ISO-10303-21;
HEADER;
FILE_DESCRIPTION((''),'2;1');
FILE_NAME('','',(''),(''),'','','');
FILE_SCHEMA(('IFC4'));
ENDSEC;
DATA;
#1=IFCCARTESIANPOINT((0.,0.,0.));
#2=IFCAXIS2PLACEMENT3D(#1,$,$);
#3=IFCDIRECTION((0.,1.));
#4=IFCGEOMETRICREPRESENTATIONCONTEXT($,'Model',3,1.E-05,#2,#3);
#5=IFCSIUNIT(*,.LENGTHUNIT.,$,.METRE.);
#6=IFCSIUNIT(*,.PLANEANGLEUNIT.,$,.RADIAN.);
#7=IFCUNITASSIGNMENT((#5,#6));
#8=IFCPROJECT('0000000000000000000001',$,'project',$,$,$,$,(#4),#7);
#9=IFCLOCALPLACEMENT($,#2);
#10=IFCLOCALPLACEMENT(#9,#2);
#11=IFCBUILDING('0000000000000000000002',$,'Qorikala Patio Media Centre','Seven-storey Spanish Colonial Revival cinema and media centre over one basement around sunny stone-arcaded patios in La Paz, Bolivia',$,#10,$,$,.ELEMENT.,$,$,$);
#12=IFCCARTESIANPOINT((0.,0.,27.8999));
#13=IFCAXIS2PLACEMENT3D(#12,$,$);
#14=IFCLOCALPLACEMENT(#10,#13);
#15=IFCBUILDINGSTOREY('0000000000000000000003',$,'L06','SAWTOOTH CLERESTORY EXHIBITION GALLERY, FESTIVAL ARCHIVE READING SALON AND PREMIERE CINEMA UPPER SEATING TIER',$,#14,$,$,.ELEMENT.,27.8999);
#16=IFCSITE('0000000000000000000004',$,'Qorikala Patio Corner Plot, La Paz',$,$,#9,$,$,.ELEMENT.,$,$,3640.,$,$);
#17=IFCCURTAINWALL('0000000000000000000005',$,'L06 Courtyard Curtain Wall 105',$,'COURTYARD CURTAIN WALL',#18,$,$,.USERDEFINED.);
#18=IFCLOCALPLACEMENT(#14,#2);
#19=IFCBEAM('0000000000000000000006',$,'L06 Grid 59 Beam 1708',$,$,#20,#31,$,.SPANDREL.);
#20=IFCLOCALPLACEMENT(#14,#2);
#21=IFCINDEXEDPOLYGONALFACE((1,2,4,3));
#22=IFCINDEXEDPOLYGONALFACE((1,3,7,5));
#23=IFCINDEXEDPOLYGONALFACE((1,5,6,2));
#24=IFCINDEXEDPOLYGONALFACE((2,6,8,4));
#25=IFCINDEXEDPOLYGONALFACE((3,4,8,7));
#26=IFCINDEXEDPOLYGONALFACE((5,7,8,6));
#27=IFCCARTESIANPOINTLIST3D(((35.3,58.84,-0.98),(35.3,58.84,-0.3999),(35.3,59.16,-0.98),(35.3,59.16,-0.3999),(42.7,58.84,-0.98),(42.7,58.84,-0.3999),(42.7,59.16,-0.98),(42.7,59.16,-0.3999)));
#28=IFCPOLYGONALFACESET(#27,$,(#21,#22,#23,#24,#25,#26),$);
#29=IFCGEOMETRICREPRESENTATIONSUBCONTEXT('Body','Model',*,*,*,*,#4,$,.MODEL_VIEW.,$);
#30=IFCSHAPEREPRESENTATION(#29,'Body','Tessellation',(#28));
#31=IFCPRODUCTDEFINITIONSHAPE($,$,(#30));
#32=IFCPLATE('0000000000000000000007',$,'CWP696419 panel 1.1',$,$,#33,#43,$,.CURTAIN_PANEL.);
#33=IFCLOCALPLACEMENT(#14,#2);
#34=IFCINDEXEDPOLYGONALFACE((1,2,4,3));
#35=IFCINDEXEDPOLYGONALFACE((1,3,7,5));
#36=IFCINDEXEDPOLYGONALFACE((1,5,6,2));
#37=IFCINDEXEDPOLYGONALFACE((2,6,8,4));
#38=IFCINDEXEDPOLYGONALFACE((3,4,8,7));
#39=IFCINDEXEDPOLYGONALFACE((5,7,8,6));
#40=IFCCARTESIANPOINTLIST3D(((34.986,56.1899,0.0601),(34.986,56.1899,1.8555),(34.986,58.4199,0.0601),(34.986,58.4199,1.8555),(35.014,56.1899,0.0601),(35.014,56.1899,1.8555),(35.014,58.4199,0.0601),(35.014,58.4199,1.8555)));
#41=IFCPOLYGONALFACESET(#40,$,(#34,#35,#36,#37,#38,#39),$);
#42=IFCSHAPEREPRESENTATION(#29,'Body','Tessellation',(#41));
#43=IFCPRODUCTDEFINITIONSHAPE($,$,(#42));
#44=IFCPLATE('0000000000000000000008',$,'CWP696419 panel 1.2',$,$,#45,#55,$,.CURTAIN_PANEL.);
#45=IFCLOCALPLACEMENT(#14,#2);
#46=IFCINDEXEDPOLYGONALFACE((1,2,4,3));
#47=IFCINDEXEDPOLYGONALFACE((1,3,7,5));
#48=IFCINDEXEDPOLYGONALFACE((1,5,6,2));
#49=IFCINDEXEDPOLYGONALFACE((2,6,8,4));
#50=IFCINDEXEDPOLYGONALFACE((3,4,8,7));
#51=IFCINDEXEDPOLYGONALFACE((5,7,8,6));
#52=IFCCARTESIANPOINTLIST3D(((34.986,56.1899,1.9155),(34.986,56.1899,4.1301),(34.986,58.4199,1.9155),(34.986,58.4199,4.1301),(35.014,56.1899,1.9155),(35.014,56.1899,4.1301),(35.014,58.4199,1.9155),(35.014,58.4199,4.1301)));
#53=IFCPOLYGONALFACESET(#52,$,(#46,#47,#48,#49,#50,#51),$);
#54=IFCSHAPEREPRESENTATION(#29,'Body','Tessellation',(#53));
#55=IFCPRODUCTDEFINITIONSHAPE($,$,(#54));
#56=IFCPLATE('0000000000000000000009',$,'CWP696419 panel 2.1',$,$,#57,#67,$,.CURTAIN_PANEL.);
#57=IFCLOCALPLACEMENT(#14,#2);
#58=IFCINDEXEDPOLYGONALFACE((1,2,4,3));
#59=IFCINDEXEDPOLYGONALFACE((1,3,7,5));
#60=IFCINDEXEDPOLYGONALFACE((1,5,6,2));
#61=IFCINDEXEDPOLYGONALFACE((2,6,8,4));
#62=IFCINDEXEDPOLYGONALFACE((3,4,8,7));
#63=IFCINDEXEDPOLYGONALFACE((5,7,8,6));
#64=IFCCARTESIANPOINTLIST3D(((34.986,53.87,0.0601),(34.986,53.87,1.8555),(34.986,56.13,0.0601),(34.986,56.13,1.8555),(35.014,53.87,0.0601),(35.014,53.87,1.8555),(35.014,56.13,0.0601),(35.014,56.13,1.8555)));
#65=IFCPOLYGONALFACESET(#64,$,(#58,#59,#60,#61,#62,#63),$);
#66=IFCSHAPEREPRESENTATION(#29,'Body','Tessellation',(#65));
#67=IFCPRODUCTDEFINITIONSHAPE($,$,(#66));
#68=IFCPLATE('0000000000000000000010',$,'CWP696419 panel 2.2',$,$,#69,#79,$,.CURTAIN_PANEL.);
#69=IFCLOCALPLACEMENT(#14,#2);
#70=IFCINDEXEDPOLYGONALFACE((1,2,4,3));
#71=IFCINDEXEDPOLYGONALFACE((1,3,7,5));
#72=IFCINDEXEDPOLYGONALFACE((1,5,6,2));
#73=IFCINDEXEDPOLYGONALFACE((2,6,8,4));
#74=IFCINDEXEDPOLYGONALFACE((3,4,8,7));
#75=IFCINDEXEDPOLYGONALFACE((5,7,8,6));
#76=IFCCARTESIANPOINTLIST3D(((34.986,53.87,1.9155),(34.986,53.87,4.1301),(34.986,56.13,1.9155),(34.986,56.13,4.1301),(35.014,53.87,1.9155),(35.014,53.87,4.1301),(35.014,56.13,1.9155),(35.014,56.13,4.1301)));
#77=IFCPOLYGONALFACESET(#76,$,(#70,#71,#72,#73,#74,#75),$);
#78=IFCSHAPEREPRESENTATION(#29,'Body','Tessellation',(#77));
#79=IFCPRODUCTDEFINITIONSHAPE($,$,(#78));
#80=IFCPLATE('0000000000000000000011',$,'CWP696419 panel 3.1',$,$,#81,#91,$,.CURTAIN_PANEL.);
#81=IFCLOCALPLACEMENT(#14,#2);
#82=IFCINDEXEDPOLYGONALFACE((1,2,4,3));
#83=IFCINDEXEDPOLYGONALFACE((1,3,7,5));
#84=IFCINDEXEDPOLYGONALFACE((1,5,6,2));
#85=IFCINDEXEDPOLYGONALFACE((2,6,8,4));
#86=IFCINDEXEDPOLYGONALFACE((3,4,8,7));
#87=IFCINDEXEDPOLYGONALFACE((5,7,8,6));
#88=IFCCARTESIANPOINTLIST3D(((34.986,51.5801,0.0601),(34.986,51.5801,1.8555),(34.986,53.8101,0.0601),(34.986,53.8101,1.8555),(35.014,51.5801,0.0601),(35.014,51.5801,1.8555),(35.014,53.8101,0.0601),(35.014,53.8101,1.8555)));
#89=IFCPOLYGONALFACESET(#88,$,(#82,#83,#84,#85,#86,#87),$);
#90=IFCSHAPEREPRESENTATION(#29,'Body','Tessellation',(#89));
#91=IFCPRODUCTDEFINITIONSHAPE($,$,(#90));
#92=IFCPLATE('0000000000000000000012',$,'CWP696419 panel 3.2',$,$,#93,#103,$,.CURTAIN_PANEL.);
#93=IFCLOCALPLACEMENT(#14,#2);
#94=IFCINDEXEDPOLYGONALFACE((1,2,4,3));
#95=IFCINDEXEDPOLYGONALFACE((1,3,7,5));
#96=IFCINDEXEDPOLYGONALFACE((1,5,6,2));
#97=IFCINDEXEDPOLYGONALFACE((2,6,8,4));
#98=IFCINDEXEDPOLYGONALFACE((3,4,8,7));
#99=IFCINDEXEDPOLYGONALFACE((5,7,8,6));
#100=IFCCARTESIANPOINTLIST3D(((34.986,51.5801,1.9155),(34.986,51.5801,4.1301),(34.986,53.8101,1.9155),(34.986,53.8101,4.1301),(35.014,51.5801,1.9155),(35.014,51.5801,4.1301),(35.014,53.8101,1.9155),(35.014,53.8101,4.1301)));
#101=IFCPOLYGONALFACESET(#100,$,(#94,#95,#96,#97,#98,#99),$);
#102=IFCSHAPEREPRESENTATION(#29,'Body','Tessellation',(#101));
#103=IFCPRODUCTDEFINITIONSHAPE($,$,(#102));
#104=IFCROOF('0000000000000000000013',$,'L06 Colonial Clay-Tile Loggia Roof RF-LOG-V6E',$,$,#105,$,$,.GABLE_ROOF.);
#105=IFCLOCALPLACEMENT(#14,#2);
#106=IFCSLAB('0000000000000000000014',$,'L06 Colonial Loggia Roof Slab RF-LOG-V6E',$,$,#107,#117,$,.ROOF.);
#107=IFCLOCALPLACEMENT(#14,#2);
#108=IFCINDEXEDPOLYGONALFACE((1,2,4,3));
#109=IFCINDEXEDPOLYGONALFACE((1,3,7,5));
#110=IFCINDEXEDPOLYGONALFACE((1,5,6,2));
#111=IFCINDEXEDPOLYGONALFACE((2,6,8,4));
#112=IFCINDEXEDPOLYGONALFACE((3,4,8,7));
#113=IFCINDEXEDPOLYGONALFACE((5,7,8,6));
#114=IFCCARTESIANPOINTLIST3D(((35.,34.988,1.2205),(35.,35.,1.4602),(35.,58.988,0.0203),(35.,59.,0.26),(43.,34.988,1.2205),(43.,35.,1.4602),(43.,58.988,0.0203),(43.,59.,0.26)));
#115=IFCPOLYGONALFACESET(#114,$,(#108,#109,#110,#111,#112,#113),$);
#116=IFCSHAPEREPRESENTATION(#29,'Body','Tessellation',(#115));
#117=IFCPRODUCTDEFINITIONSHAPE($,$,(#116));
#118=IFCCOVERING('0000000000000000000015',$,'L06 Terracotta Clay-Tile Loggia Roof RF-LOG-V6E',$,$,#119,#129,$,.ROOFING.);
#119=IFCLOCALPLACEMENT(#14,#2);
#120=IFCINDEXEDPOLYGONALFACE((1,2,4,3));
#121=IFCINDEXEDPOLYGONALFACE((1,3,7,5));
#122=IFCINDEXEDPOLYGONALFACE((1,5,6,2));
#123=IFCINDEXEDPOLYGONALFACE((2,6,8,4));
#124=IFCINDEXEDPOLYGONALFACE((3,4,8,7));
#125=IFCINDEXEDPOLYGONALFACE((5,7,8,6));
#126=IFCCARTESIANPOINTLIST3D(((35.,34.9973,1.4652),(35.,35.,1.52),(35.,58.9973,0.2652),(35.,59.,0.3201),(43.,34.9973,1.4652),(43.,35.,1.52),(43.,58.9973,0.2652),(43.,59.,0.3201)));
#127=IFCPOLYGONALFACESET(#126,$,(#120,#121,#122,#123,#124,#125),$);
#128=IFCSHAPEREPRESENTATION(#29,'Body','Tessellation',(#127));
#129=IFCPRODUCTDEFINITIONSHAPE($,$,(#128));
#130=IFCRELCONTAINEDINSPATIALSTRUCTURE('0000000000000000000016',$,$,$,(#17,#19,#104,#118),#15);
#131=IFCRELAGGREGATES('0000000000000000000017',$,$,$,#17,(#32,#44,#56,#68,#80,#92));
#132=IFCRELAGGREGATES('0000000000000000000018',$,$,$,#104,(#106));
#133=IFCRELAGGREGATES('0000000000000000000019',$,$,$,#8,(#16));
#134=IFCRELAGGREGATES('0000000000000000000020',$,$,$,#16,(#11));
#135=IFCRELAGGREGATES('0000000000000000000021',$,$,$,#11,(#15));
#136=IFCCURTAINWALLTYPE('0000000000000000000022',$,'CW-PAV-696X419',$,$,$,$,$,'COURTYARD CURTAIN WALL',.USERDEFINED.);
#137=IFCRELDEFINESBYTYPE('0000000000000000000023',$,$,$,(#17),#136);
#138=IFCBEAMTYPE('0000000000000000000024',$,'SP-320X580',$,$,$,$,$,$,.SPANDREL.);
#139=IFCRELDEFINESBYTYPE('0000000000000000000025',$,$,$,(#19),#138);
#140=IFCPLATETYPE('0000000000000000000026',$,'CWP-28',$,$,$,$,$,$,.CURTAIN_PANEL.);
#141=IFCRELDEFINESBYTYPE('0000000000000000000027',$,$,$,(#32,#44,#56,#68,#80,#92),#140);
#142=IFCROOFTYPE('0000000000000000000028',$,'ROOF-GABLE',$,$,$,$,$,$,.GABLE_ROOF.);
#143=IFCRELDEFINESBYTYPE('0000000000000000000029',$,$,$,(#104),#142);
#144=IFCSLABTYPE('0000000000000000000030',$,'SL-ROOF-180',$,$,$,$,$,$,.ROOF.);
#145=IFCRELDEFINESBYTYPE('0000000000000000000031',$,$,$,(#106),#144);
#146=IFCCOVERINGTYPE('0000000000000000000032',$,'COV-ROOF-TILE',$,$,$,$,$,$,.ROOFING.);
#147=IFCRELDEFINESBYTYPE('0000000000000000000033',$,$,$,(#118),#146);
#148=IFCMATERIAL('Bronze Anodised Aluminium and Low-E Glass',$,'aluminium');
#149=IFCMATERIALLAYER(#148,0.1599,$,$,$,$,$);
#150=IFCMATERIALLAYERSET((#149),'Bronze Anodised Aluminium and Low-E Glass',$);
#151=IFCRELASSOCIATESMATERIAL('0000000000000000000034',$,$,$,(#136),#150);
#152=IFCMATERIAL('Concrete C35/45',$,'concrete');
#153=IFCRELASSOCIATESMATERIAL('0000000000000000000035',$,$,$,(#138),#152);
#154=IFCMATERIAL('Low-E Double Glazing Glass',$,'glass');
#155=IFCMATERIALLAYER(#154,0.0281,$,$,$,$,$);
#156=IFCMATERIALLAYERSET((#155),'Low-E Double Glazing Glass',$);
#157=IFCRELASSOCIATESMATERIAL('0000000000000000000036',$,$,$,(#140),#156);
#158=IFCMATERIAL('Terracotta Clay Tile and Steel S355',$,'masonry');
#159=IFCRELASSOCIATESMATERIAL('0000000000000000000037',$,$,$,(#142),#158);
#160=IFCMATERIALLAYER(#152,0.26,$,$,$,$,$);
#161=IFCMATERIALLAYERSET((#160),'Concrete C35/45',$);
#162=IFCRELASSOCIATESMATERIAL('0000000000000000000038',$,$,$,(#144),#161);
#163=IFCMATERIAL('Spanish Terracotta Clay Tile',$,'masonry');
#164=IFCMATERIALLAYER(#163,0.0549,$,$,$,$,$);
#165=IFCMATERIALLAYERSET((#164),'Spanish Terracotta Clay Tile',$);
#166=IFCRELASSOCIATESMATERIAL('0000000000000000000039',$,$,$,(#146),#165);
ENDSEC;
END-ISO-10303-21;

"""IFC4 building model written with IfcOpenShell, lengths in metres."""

from ifc_helpers import new_model, si_unit, direction, frame, origin, origin_2d, place, context, subcontext, project, spatial, polyline, rectangle, outline, extrude, material, layer, layer_set, material_profile, profile_set, type_object, element, aggregate, save


model = new_model("IFC4")

# Units and contexts
model_context = context("Model", 3, precision=1e-05, world=origin(), true_north=direction((0.0, 1.0)))
body_context = subcontext(model_context, "Body", "Model", "MODEL_VIEW")
ifc_project = project(units=[si_unit("LENGTHUNIT", "METRE"), si_unit("PLANEANGLEUNIT", "RADIAN")], contexts=[model_context])

# Site, building, storey
site_placement = place(None, origin())
site = spatial("IfcSite", under=ifc_project, at=site_placement, Name="Qorikala Patio Corner Plot, La Paz", CompositionType="ELEMENT", RefElevation=3640.0)
building_placement = place(site_placement, origin())
building = spatial("IfcBuilding", under=site, at=building_placement, Name="Qorikala Patio Media Centre", Description="Seven-storey Spanish Colonial Revival cinema and media centre over one basement around sunny stone-arcaded patios in La Paz, Bolivia", CompositionType="ELEMENT")
storey_placement = place(building_placement, frame((0.0, 0.0, 27.8999)))
storey = spatial("IfcBuildingStorey", under=building, at=storey_placement, Name="L06", Description="SAWTOOTH CLERESTORY EXHIBITION GALLERY, FESTIVAL ARCHIVE READING SALON AND PREMIERE CINEMA UPPER SEATING TIER", CompositionType="ELEMENT", Elevation=27.8999)

# Shared definitions
ifc_material_1 = material(Name="Concrete C35/45", Category="concrete")

# Shared definitions
ifc_material_2 = material(Name="Bronze Anodised Aluminium and Low-E Glass", Category="aluminium")
ifc_layer_1 = layer(ifc_material_2, 0.1599)
ifc_layer_set_1 = layer_set([ifc_layer_1], Name="Bronze Anodised Aluminium and Low-E Glass")
curtain_wall_type = type_object("IfcCurtainWallType", Name="CW-PAV-696X419", ElementType="COURTYARD CURTAIN WALL", PredefinedType="USERDEFINED", material=ifc_layer_set_1)

# Curtain wall
curtain_wall_1_placement = place(storey_placement, origin())
curtain_wall_1 = element("IfcCurtainWall", 1, at=curtain_wall_1_placement, inside=storey, type_object=curtain_wall_type, Name="L06 Courtyard Curtain Wall 105", ObjectType="COURTYARD CURTAIN WALL", PredefinedType="USERDEFINED")

# Beam
ifc_material_profile_1 = material_profile(ifc_material_1, rectangle(XDim=0.3201, YDim=0.5801, at=origin_2d()), Name="RC 320x580")
ifc_profile_set_1 = profile_set([ifc_material_profile_1], Name="Concrete C35/45")
beam_type = type_object("IfcBeamType", Name="SP-320X580", PredefinedType="SPANDREL", material=ifc_profile_set_1)
beam_placement = place(storey_placement, frame((35.3, 59.0, -0.6899), z_axis=(1.0, 0.0, 0.0), x_axis=(0.0, 1.0, 0.0)))
element("IfcBeam", 2, at=beam_placement, inside=storey, type_object=beam_type, Name="L06 Grid 59 Beam 1708", PredefinedType="SPANDREL", context=body_context, shape_type="SweptSolid", body=[
    extrude(rectangle(XDim=0.3201, YDim=0.5801, at=origin_2d()), origin(), (0.0, 0.0, 1.0), 7.3999),
])

# Plates
ifc_material_3 = material(Name="Low-E Double Glazing Glass", Category="glass")
ifc_layer_2 = layer(ifc_material_3, 0.0281)
ifc_layer_set_2 = layer_set([ifc_layer_2], Name="Low-E Double Glazing Glass")
plate_type = type_object("IfcPlateType", Name="CWP-28", PredefinedType="CURTAIN_PANEL", material=ifc_layer_set_2)
plate_1_placement = place(storey_placement, frame((35.0, 57.3049, 0.0601), z_axis=(0.0, 0.0, 1.0), x_axis=(0.0, -1.0, 0.0)))
plate_1 = element("IfcPlate", 3, at=plate_1_placement, type_object=plate_type, Name="CWP696419 panel 1.1", PredefinedType="CURTAIN_PANEL", context=body_context, shape_type="SweptSolid", body=[
    extrude(rectangle(XDim=2.23, YDim=0.0281, at=origin_2d()), origin(), (0.0, 0.0, 1.0), 1.7954),
])
plate_2_placement = place(storey_placement, frame((35.0, 57.3049, 1.9155), z_axis=(0.0, 0.0, 1.0), x_axis=(0.0, -1.0, 0.0)))
plate_2 = element("IfcPlate", 4, at=plate_2_placement, type_object=plate_type, Name="CWP696419 panel 1.2", PredefinedType="CURTAIN_PANEL", context=body_context, shape_type="SweptSolid", body=[
    extrude(rectangle(XDim=2.23, YDim=0.0281, at=origin_2d()), origin(), (0.0, 0.0, 1.0), 2.2146),
])
plate_3_placement = place(storey_placement, frame((35.0, 55.0, 0.0601), z_axis=(0.0, 0.0, 1.0), x_axis=(0.0, -1.0, 0.0)))
plate_3 = element("IfcPlate", 5, at=plate_3_placement, type_object=plate_type, Name="CWP696419 panel 2.1", PredefinedType="CURTAIN_PANEL", context=body_context, shape_type="SweptSolid", body=[
    extrude(rectangle(XDim=2.26, YDim=0.0281, at=origin_2d()), origin(), (0.0, 0.0, 1.0), 1.7954),
])
plate_4_placement = place(storey_placement, frame((35.0, 55.0, 1.9155), z_axis=(0.0, 0.0, 1.0), x_axis=(0.0, -1.0, 0.0)))
plate_4 = element("IfcPlate", 6, at=plate_4_placement, type_object=plate_type, Name="CWP696419 panel 2.2", PredefinedType="CURTAIN_PANEL", context=body_context, shape_type="SweptSolid", body=[
    extrude(rectangle(XDim=2.26, YDim=0.0281, at=origin_2d()), origin(), (0.0, 0.0, 1.0), 2.2146),
])
plate_5_placement = place(storey_placement, frame((35.0, 52.6951, 0.0601), z_axis=(0.0, 0.0, 1.0), x_axis=(0.0, -1.0, 0.0)))
plate_5 = element("IfcPlate", 7, at=plate_5_placement, type_object=plate_type, Name="CWP696419 panel 3.1", PredefinedType="CURTAIN_PANEL", context=body_context, shape_type="SweptSolid", body=[
    extrude(rectangle(XDim=2.23, YDim=0.0281, at=origin_2d()), origin(), (0.0, 0.0, 1.0), 1.7954),
])
plate_6_placement = place(storey_placement, frame((35.0, 52.6951, 1.9155), z_axis=(0.0, 0.0, 1.0), x_axis=(0.0, -1.0, 0.0)))
plate_6 = element("IfcPlate", 8, at=plate_6_placement, type_object=plate_type, Name="CWP696419 panel 3.2", PredefinedType="CURTAIN_PANEL", context=body_context, shape_type="SweptSolid", body=[
    extrude(rectangle(XDim=2.23, YDim=0.0281, at=origin_2d()), origin(), (0.0, 0.0, 1.0), 2.2146),
])
aggregate(curtain_wall_1, [plate_1, plate_2, plate_3, plate_4, plate_5, plate_6])

# Roof, slab
ifc_material_4 = material(Name="Terracotta Clay Tile and Steel S355", Category="masonry")
roof_type = type_object("IfcRoofType", Name="ROOF-GABLE", PredefinedType="GABLE_ROOF", material=ifc_material_4)
roof_placement = place(storey_placement, origin())
roof = element("IfcRoof", 9, at=roof_placement, inside=storey, type_object=roof_type, Name="L06 Colonial Clay-Tile Loggia Roof RF-LOG-V6E", PredefinedType="GABLE_ROOF")
ifc_layer_3 = layer(ifc_material_1, 0.26)
ifc_layer_set_3 = layer_set([ifc_layer_3], Name="Concrete C35/45")
slab_type = type_object("IfcSlabType", Name="SL-ROOF-180", PredefinedType="ROOF", material=ifc_layer_set_3)
slab_placement = place(storey_placement, frame((35.0, 59.0, 0.26), z_axis=(0.0, 0.049946, 0.998752), x_axis=(1.0, 0.0, 0.0)))
slab = element("IfcSlab", 10, at=slab_placement, type_object=slab_type, Name="L06 Colonial Loggia Roof Slab RF-LOG-V6E", PredefinedType="ROOF", context=body_context, shape_type="SweptSolid", body=[
    extrude(outline(polyline([(0.0, 0.0), (8.0, 0.0), (8.0, -24.03), (0.0, -24.03), (0.0, 0.0)])), origin(), (0.0, 0.0, -1.0), 0.24),
])
aggregate(roof, [slab])

# Covering
ifc_material_5 = material(Name="Spanish Terracotta Clay Tile", Category="masonry")
ifc_layer_4 = layer(ifc_material_5, 0.0549)
ifc_layer_set_4 = layer_set([ifc_layer_4], Name="Spanish Terracotta Clay Tile")
covering_type = type_object("IfcCoveringType", Name="COV-ROOF-TILE", PredefinedType="ROOFING", material=ifc_layer_set_4)
covering_placement = place(storey_placement, frame((35.0, 59.0, 0.3201), z_axis=(0.0, 0.049936, 0.998752), x_axis=(1.0, 0.0, 0.0)))
element("IfcCovering", 11, at=covering_placement, inside=storey, type_object=covering_type, Name="L06 Terracotta Clay-Tile Loggia Roof RF-LOG-V6E", PredefinedType="ROOFING", context=body_context, shape_type="SweptSolid", body=[
    extrude(outline(polyline([(0.0, 0.0), (8.0, 0.0), (8.0, -24.03), (0.0, -24.03), (0.0, 0.0)])), origin(), (0.0, 0.0, -1.0), 0.0549),
])

save(model, "model.ifc")
